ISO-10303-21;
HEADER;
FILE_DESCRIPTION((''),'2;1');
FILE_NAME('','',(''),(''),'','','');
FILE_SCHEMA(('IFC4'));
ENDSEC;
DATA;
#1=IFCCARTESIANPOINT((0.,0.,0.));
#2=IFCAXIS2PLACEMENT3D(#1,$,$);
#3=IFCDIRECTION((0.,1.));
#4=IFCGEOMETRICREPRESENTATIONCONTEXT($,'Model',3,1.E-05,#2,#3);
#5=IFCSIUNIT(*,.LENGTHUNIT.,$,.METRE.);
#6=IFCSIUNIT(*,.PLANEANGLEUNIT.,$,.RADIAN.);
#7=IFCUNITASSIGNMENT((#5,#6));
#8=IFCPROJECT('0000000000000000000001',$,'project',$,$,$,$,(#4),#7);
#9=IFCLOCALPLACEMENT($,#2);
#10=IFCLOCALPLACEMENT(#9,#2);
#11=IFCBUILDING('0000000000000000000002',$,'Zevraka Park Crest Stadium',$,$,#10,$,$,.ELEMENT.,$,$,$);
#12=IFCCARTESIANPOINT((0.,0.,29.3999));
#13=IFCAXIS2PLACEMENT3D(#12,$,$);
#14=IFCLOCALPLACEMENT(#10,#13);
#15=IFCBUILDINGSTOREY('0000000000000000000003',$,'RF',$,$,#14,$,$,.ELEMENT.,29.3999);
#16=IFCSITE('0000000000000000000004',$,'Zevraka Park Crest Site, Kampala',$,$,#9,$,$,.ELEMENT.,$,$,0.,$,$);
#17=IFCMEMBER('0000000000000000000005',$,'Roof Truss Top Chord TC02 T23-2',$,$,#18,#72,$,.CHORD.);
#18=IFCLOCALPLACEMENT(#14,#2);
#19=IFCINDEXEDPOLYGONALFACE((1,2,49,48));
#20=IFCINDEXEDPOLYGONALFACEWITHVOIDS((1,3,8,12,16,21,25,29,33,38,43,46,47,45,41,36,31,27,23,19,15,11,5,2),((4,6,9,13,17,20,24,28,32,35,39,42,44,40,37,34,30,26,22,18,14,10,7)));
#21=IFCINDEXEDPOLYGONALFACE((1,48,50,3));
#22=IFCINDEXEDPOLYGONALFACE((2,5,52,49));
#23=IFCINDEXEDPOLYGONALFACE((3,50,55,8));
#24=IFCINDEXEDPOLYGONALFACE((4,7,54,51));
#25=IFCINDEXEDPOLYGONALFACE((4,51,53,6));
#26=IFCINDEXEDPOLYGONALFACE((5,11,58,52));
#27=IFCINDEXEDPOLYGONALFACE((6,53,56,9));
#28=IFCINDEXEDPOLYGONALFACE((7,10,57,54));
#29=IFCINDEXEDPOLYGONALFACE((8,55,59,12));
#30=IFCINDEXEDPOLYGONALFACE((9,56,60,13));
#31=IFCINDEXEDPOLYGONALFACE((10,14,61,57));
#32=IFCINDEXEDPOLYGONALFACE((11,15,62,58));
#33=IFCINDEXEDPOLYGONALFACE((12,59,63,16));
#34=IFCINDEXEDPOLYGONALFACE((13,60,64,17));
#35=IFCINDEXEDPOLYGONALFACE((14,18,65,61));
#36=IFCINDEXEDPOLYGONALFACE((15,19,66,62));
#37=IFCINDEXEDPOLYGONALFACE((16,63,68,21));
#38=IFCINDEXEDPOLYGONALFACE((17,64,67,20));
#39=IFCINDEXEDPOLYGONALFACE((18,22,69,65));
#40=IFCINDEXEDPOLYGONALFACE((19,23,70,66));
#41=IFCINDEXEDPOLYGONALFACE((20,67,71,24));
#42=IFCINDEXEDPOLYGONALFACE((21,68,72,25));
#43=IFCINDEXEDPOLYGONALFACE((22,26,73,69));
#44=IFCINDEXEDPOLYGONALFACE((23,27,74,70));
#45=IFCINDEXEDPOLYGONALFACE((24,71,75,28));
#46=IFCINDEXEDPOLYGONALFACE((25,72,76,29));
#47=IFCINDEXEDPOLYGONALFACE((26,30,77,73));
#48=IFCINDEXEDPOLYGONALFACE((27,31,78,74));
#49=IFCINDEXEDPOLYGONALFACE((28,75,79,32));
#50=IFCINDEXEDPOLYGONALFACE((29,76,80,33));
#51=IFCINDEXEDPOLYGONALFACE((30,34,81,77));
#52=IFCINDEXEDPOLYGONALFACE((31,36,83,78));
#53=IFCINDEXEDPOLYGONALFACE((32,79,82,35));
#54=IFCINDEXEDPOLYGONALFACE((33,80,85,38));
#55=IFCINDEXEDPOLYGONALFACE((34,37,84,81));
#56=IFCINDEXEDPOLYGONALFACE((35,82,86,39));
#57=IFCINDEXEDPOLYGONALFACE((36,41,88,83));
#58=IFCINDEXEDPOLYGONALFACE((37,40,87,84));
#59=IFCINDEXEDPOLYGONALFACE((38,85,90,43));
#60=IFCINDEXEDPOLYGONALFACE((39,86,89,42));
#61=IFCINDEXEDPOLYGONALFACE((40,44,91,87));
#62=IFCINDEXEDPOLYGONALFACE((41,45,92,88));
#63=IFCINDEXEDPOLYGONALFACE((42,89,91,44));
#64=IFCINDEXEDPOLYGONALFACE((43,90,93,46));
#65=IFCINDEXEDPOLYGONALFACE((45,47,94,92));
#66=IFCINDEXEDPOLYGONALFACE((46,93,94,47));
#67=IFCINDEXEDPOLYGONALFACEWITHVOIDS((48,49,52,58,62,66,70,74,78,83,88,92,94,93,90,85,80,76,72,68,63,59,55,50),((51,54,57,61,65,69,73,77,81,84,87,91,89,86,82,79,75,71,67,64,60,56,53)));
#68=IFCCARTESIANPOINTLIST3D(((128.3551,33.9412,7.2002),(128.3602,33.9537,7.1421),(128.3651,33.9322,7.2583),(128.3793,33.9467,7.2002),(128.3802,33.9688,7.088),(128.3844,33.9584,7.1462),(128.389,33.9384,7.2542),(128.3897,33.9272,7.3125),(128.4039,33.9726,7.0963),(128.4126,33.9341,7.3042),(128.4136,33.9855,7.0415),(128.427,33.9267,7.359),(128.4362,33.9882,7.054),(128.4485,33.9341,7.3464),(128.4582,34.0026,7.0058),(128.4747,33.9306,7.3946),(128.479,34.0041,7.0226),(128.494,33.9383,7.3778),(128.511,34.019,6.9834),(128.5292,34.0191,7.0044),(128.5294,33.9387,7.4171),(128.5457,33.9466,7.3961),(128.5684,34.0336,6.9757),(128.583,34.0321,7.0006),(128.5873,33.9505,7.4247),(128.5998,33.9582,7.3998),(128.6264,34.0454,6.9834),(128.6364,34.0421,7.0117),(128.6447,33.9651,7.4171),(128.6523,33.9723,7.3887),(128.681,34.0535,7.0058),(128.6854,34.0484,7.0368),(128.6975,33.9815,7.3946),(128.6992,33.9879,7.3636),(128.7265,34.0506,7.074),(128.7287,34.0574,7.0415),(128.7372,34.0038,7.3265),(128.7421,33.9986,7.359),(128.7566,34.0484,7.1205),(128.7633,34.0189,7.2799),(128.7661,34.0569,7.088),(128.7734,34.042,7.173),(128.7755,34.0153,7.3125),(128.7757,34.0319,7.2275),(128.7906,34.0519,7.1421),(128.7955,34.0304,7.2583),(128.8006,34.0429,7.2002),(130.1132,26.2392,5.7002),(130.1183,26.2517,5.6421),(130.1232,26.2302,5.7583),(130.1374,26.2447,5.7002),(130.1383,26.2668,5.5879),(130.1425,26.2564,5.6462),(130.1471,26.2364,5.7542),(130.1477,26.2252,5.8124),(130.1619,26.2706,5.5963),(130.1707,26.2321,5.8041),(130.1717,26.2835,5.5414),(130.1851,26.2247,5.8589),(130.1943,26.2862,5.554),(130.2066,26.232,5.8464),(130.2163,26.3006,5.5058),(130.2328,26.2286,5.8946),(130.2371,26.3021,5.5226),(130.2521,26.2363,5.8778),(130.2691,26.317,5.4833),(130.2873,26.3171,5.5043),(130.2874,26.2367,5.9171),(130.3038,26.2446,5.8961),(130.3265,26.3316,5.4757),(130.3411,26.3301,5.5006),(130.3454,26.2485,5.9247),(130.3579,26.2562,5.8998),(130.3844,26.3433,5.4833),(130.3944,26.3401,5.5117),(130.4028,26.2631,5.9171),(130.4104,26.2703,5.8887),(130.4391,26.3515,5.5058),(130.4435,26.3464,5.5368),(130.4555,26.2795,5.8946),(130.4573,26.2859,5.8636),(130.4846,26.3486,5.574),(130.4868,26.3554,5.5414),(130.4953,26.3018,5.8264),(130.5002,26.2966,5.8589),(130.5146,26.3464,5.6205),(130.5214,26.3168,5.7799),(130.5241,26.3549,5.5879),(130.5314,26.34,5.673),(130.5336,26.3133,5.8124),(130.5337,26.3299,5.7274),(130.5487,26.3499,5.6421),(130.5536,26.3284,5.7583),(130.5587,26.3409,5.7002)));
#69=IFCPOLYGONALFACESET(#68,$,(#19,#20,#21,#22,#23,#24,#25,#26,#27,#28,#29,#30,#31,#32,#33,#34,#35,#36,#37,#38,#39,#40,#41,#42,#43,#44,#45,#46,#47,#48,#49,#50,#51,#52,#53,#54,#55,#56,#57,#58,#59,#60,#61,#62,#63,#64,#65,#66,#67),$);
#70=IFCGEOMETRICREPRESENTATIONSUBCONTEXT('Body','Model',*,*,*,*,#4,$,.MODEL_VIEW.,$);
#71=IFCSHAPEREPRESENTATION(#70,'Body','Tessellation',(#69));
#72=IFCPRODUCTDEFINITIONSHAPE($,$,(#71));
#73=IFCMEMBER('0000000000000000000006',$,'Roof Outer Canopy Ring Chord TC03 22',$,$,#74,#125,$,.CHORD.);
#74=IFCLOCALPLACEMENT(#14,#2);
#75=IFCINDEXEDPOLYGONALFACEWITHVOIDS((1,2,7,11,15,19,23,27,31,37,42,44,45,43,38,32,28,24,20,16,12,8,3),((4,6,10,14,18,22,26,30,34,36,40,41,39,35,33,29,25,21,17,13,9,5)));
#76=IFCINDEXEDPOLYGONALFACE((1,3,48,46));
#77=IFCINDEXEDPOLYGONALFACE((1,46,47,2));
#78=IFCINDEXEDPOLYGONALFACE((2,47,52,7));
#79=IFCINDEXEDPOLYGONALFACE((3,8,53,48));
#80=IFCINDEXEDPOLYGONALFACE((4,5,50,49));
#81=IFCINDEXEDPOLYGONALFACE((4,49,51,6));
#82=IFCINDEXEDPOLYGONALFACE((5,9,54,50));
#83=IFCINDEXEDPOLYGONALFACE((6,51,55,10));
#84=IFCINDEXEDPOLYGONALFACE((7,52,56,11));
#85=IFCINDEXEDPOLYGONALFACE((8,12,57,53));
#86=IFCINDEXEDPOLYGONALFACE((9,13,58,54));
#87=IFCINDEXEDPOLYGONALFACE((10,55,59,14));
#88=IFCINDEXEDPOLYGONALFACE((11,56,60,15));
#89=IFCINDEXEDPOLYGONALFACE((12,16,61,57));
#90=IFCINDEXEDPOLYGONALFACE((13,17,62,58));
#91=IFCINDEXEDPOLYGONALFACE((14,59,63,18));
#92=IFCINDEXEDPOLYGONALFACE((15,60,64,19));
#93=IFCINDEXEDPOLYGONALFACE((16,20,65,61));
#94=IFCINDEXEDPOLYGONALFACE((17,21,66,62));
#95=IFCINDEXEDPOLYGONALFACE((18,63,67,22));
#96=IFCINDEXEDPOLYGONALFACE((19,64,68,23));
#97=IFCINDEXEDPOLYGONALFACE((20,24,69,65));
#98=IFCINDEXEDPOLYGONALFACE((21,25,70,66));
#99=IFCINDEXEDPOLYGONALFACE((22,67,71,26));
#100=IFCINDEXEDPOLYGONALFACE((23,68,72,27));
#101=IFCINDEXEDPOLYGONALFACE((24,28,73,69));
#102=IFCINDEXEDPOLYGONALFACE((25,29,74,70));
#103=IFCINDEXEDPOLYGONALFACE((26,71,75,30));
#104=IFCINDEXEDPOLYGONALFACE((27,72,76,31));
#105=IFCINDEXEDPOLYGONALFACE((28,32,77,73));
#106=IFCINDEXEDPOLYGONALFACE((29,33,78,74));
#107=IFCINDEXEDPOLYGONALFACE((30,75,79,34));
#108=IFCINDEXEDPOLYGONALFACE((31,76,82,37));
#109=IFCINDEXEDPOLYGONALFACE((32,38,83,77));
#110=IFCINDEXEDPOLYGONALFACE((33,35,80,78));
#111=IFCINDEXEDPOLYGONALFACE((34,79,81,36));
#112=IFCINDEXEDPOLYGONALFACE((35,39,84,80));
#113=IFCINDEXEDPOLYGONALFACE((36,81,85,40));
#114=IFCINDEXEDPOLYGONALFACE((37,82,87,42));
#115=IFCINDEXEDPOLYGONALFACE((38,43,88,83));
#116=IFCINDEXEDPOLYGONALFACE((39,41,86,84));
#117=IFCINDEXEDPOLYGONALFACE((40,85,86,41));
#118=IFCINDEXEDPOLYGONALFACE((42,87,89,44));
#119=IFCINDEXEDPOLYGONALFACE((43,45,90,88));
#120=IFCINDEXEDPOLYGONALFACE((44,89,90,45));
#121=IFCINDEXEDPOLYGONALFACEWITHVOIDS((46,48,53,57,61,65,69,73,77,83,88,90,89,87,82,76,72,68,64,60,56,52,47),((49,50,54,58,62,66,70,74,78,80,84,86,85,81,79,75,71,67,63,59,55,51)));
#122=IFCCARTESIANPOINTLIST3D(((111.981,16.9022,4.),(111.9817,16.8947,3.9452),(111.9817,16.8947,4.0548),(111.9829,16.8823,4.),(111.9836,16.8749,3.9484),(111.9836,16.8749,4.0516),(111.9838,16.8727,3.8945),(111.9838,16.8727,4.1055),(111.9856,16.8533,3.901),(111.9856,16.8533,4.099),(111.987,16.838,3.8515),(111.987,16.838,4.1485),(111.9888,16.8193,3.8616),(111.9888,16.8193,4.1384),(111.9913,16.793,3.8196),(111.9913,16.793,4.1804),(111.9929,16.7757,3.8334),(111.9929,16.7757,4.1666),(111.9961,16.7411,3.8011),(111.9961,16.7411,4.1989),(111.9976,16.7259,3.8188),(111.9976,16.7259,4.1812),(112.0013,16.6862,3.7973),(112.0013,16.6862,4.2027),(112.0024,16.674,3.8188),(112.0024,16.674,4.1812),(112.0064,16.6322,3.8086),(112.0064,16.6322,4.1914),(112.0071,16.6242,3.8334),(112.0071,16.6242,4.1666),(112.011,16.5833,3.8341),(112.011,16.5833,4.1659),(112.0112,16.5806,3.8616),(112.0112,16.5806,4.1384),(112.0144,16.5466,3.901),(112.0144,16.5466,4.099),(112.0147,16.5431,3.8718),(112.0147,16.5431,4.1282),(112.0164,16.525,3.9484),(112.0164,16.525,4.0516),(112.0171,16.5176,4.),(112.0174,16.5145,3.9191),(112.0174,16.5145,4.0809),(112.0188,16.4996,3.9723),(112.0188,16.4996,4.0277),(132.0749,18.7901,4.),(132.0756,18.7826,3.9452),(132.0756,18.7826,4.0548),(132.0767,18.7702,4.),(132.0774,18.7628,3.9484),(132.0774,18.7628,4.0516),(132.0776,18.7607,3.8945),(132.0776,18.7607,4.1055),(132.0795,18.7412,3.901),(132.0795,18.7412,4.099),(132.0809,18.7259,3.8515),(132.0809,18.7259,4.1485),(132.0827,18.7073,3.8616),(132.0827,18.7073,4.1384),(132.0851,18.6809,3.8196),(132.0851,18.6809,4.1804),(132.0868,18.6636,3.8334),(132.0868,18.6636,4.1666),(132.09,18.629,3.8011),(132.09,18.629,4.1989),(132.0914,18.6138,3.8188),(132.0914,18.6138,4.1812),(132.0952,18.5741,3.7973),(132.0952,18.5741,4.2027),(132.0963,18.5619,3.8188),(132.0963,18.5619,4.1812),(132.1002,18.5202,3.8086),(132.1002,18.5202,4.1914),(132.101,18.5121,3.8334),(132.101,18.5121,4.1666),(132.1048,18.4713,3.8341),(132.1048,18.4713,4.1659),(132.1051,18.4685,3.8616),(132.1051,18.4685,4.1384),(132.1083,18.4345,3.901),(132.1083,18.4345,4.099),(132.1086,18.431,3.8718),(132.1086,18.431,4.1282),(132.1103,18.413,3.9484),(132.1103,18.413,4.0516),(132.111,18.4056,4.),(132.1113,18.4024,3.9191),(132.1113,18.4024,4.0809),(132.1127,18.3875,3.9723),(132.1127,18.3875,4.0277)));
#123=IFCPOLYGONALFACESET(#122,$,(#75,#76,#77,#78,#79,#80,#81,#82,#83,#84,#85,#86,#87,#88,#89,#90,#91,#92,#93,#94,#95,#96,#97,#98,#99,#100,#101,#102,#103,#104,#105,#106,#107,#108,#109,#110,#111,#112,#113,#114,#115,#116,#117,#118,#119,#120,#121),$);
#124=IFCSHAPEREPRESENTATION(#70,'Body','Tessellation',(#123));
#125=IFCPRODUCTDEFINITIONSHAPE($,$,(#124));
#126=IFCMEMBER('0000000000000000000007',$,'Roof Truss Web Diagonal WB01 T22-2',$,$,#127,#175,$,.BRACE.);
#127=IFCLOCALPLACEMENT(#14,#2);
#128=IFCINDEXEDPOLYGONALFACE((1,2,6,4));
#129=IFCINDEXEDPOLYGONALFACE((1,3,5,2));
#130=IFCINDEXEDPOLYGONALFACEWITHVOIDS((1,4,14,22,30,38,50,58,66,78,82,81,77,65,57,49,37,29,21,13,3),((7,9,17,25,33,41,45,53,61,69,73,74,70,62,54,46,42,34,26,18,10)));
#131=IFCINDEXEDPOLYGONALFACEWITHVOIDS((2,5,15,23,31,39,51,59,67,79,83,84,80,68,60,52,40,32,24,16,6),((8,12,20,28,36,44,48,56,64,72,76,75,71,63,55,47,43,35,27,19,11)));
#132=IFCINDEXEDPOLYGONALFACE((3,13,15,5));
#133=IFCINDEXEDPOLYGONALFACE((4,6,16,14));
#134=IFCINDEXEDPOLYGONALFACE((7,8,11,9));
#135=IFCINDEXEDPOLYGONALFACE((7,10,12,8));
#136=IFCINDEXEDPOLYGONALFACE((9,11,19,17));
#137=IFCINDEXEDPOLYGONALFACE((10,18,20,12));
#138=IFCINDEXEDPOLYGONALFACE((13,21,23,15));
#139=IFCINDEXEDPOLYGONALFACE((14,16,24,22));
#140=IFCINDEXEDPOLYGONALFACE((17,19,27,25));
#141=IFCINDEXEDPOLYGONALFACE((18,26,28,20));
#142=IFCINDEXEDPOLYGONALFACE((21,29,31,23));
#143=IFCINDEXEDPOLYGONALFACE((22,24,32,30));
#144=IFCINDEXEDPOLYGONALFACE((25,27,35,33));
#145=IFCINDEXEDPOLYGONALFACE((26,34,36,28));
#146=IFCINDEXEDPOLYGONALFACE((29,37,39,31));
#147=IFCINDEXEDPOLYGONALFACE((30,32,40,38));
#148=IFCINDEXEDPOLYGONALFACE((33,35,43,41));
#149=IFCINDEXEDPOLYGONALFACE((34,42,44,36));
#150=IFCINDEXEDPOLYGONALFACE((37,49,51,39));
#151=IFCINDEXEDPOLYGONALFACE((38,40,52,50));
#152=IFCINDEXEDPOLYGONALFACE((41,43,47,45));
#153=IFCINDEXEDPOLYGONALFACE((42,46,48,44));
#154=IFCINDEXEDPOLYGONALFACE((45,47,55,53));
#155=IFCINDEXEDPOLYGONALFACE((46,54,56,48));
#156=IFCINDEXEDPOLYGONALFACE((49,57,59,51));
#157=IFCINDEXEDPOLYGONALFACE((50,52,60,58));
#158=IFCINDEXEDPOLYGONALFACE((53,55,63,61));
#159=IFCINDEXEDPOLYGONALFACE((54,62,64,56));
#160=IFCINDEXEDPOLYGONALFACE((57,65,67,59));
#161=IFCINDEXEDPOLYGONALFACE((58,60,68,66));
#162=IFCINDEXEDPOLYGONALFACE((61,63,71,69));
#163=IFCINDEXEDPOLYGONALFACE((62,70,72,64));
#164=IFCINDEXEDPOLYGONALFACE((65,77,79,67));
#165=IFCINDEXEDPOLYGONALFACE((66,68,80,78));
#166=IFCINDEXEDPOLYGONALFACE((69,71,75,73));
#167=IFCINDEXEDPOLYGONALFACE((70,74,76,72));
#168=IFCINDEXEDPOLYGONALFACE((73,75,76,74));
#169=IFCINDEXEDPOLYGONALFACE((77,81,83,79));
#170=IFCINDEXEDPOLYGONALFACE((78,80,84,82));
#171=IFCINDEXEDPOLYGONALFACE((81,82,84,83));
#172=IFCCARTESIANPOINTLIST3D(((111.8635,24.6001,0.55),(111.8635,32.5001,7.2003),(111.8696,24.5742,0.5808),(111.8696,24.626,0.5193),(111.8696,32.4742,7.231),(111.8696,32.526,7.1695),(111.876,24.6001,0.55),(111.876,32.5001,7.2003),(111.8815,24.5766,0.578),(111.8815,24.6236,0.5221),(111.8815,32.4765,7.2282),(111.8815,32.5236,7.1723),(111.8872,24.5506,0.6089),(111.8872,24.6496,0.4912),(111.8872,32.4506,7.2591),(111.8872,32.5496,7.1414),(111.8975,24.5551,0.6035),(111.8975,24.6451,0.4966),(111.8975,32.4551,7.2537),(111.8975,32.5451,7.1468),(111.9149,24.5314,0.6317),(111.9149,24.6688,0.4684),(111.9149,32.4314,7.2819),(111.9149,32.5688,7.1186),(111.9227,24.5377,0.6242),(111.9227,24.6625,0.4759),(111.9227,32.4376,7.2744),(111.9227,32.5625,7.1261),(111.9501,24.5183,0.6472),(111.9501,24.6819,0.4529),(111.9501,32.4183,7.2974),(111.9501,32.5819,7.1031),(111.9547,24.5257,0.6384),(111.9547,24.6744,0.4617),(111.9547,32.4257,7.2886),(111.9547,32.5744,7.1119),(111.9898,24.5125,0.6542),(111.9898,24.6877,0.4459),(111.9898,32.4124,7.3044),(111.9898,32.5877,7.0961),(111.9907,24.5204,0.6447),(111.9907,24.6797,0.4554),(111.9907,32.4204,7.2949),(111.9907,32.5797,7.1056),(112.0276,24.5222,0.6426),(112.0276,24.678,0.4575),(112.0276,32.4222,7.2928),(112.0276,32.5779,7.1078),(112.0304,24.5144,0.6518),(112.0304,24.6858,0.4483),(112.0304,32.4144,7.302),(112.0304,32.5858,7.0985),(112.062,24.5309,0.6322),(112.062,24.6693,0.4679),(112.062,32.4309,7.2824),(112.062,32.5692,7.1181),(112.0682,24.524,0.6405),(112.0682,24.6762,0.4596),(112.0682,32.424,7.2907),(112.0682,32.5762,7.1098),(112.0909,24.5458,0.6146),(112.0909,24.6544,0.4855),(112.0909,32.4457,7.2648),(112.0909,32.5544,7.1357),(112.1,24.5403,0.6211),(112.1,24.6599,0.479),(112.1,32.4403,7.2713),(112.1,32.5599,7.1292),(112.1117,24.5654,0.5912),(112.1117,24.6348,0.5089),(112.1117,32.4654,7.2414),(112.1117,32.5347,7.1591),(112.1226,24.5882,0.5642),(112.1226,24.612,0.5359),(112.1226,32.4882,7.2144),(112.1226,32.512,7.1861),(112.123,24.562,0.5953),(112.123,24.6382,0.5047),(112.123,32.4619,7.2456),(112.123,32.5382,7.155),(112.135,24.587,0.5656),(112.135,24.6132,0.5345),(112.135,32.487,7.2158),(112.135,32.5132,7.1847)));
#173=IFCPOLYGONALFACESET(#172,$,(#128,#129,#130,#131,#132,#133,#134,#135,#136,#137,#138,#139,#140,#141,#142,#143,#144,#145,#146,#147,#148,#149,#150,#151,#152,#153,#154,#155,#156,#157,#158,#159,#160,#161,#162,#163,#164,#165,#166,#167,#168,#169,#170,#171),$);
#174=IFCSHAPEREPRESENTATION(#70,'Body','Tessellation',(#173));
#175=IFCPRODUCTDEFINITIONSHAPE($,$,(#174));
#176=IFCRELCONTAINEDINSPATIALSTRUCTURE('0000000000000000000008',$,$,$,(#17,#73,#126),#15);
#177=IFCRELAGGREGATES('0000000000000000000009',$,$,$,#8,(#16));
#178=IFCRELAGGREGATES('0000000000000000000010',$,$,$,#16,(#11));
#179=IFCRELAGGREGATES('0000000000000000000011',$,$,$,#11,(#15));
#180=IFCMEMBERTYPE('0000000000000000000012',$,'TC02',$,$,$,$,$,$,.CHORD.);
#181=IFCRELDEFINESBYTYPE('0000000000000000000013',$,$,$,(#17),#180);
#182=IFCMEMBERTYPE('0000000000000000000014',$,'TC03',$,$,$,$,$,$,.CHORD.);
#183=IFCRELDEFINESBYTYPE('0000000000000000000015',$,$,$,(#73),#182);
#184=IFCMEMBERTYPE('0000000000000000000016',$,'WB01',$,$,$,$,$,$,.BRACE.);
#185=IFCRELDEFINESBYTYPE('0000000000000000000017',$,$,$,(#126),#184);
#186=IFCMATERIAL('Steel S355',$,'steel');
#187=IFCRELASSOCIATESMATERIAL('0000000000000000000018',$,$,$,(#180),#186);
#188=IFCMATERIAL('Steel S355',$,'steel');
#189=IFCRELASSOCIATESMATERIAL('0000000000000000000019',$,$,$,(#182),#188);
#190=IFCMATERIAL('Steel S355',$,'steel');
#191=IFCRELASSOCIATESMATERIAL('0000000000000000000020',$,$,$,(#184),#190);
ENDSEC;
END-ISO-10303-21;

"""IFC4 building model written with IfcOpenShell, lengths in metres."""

from ifc_helpers import new_model, si_unit, direction, frame, origin, origin_2d, place, context, subcontext, project, spatial, hollow_circle, extrude, material, material_profile, profile_set, type_object, element, save


model = new_model("IFC4")

# Units and contexts
model_context = context("Model", 3, precision=1e-05, world=origin(), true_north=direction((0.0, 1.0)))
body_context = subcontext(model_context, "Body", "Model", "MODEL_VIEW")
ifc_project = project(units=[si_unit("LENGTHUNIT", "METRE"), si_unit("PLANEANGLEUNIT", "RADIAN")], contexts=[model_context])

# Site, building, storey
site_placement = place(None, origin())
site = spatial("IfcSite", under=ifc_project, at=site_placement, Name="Zevraka Park Crest Site, Kampala", CompositionType="ELEMENT", RefElevation=0.0)
building_placement = place(site_placement, origin())
building = spatial("IfcBuilding", under=site, at=building_placement, Name="Zevraka Park Crest Stadium", CompositionType="ELEMENT")
storey_placement = place(building_placement, frame((0.0, 0.0, 29.3999)))
storey = spatial("IfcBuildingStorey", under=building, at=storey_placement, Name="RF", CompositionType="ELEMENT", Elevation=29.3999)

# Members
ifc_material_1 = material(Name="Steel S355", Category="steel")
ifc_material_profile_1 = material_profile(ifc_material_1, hollow_circle(Radius=0.2285, WallThickness=0.0249, at=origin_2d()), Name="CHS 457.0x25")
ifc_profile_set_1 = profile_set([ifc_material_profile_1], Name="Steel S355")
member_type_1 = type_object("IfcMemberType", Name="TC02", PredefinedType="CHORD", material=ifc_profile_set_1)
member_1_placement = place(storey_placement, frame((130.3359, 26.29, 5.7002), z_axis=(-0.218632, 0.957811, 0.18654), x_axis=(-0.974924, -0.222539, 0.0)))
element("IfcMember", 1, at=member_1_placement, inside=storey, type_object=member_type_1, Name="Roof Truss Top Chord TC02 T23-2", PredefinedType="CHORD", context=body_context, shape_type="SweptSolid", body=[
    extrude(hollow_circle(Radius=0.2285, WallThickness=0.0249, at=origin_2d()), origin(), (0.0, 0.0, 1.0), 8.0413),
])
ifc_material_2 = material(Name="Steel S355", Category="steel")
ifc_material_profile_2 = material_profile(ifc_material_2, hollow_circle(Radius=0.2031, WallThickness=0.02, at=origin_2d()), Name="CHS 406.4x20")
ifc_profile_set_2 = profile_set([ifc_material_profile_2], Name="Steel S355")
member_type_2 = type_object("IfcMemberType", Name="TC03", PredefinedType="CHORD", material=ifc_profile_set_2)
member_2_placement = place(storey_placement, frame((112.0, 16.7, 4.0), z_axis=(0.995615, 0.093543, 0.0), x_axis=(-0.093543, 0.995615, 0.0)))
element("IfcMember", 2, at=member_2_placement, inside=storey, type_object=member_type_2, Name="Roof Outer Canopy Ring Chord TC03 22", PredefinedType="CHORD", context=body_context, shape_type="SweptSolid", body=[
    extrude(hollow_circle(Radius=0.2031, WallThickness=0.02, at=origin_2d()), origin(), (0.0, 0.0, 1.0), 20.1824),
])
ifc_material_3 = material(Name="Steel S355", Category="steel")
ifc_material_profile_3 = material_profile(ifc_material_3, hollow_circle(Radius=0.1365, WallThickness=0.0125, at=origin_2d()), Name="CHS 273.0x12.5")
ifc_profile_set_3 = profile_set([ifc_material_profile_3], Name="Steel S355")
member_type_3 = type_object("IfcMemberType", Name="WB01", PredefinedType="BRACE", material=ifc_profile_set_3)
for number, where, z_axis, x_axis, name in (
    (3, (112.0, 24.6001, 0.55), (0.0, 0.765026, 0.644), (-1.0, 0.0, 0.0), "Roof Truss Web Diagonal WB01 T22-2"),
):
    element("IfcMember", number, at=place(storey_placement, frame(where, z_axis=z_axis, x_axis=x_axis)), inside=storey, type_object=member_type_3, Name=name, PredefinedType="BRACE", context=body_context, shape_type="SweptSolid", body=[
        extrude(hollow_circle(Radius=0.1365, WallThickness=0.0125, at=origin_2d()), origin(), (0.0, 0.0, 1.0), 10.3264),
    ])

save(model, "model.ifc")
